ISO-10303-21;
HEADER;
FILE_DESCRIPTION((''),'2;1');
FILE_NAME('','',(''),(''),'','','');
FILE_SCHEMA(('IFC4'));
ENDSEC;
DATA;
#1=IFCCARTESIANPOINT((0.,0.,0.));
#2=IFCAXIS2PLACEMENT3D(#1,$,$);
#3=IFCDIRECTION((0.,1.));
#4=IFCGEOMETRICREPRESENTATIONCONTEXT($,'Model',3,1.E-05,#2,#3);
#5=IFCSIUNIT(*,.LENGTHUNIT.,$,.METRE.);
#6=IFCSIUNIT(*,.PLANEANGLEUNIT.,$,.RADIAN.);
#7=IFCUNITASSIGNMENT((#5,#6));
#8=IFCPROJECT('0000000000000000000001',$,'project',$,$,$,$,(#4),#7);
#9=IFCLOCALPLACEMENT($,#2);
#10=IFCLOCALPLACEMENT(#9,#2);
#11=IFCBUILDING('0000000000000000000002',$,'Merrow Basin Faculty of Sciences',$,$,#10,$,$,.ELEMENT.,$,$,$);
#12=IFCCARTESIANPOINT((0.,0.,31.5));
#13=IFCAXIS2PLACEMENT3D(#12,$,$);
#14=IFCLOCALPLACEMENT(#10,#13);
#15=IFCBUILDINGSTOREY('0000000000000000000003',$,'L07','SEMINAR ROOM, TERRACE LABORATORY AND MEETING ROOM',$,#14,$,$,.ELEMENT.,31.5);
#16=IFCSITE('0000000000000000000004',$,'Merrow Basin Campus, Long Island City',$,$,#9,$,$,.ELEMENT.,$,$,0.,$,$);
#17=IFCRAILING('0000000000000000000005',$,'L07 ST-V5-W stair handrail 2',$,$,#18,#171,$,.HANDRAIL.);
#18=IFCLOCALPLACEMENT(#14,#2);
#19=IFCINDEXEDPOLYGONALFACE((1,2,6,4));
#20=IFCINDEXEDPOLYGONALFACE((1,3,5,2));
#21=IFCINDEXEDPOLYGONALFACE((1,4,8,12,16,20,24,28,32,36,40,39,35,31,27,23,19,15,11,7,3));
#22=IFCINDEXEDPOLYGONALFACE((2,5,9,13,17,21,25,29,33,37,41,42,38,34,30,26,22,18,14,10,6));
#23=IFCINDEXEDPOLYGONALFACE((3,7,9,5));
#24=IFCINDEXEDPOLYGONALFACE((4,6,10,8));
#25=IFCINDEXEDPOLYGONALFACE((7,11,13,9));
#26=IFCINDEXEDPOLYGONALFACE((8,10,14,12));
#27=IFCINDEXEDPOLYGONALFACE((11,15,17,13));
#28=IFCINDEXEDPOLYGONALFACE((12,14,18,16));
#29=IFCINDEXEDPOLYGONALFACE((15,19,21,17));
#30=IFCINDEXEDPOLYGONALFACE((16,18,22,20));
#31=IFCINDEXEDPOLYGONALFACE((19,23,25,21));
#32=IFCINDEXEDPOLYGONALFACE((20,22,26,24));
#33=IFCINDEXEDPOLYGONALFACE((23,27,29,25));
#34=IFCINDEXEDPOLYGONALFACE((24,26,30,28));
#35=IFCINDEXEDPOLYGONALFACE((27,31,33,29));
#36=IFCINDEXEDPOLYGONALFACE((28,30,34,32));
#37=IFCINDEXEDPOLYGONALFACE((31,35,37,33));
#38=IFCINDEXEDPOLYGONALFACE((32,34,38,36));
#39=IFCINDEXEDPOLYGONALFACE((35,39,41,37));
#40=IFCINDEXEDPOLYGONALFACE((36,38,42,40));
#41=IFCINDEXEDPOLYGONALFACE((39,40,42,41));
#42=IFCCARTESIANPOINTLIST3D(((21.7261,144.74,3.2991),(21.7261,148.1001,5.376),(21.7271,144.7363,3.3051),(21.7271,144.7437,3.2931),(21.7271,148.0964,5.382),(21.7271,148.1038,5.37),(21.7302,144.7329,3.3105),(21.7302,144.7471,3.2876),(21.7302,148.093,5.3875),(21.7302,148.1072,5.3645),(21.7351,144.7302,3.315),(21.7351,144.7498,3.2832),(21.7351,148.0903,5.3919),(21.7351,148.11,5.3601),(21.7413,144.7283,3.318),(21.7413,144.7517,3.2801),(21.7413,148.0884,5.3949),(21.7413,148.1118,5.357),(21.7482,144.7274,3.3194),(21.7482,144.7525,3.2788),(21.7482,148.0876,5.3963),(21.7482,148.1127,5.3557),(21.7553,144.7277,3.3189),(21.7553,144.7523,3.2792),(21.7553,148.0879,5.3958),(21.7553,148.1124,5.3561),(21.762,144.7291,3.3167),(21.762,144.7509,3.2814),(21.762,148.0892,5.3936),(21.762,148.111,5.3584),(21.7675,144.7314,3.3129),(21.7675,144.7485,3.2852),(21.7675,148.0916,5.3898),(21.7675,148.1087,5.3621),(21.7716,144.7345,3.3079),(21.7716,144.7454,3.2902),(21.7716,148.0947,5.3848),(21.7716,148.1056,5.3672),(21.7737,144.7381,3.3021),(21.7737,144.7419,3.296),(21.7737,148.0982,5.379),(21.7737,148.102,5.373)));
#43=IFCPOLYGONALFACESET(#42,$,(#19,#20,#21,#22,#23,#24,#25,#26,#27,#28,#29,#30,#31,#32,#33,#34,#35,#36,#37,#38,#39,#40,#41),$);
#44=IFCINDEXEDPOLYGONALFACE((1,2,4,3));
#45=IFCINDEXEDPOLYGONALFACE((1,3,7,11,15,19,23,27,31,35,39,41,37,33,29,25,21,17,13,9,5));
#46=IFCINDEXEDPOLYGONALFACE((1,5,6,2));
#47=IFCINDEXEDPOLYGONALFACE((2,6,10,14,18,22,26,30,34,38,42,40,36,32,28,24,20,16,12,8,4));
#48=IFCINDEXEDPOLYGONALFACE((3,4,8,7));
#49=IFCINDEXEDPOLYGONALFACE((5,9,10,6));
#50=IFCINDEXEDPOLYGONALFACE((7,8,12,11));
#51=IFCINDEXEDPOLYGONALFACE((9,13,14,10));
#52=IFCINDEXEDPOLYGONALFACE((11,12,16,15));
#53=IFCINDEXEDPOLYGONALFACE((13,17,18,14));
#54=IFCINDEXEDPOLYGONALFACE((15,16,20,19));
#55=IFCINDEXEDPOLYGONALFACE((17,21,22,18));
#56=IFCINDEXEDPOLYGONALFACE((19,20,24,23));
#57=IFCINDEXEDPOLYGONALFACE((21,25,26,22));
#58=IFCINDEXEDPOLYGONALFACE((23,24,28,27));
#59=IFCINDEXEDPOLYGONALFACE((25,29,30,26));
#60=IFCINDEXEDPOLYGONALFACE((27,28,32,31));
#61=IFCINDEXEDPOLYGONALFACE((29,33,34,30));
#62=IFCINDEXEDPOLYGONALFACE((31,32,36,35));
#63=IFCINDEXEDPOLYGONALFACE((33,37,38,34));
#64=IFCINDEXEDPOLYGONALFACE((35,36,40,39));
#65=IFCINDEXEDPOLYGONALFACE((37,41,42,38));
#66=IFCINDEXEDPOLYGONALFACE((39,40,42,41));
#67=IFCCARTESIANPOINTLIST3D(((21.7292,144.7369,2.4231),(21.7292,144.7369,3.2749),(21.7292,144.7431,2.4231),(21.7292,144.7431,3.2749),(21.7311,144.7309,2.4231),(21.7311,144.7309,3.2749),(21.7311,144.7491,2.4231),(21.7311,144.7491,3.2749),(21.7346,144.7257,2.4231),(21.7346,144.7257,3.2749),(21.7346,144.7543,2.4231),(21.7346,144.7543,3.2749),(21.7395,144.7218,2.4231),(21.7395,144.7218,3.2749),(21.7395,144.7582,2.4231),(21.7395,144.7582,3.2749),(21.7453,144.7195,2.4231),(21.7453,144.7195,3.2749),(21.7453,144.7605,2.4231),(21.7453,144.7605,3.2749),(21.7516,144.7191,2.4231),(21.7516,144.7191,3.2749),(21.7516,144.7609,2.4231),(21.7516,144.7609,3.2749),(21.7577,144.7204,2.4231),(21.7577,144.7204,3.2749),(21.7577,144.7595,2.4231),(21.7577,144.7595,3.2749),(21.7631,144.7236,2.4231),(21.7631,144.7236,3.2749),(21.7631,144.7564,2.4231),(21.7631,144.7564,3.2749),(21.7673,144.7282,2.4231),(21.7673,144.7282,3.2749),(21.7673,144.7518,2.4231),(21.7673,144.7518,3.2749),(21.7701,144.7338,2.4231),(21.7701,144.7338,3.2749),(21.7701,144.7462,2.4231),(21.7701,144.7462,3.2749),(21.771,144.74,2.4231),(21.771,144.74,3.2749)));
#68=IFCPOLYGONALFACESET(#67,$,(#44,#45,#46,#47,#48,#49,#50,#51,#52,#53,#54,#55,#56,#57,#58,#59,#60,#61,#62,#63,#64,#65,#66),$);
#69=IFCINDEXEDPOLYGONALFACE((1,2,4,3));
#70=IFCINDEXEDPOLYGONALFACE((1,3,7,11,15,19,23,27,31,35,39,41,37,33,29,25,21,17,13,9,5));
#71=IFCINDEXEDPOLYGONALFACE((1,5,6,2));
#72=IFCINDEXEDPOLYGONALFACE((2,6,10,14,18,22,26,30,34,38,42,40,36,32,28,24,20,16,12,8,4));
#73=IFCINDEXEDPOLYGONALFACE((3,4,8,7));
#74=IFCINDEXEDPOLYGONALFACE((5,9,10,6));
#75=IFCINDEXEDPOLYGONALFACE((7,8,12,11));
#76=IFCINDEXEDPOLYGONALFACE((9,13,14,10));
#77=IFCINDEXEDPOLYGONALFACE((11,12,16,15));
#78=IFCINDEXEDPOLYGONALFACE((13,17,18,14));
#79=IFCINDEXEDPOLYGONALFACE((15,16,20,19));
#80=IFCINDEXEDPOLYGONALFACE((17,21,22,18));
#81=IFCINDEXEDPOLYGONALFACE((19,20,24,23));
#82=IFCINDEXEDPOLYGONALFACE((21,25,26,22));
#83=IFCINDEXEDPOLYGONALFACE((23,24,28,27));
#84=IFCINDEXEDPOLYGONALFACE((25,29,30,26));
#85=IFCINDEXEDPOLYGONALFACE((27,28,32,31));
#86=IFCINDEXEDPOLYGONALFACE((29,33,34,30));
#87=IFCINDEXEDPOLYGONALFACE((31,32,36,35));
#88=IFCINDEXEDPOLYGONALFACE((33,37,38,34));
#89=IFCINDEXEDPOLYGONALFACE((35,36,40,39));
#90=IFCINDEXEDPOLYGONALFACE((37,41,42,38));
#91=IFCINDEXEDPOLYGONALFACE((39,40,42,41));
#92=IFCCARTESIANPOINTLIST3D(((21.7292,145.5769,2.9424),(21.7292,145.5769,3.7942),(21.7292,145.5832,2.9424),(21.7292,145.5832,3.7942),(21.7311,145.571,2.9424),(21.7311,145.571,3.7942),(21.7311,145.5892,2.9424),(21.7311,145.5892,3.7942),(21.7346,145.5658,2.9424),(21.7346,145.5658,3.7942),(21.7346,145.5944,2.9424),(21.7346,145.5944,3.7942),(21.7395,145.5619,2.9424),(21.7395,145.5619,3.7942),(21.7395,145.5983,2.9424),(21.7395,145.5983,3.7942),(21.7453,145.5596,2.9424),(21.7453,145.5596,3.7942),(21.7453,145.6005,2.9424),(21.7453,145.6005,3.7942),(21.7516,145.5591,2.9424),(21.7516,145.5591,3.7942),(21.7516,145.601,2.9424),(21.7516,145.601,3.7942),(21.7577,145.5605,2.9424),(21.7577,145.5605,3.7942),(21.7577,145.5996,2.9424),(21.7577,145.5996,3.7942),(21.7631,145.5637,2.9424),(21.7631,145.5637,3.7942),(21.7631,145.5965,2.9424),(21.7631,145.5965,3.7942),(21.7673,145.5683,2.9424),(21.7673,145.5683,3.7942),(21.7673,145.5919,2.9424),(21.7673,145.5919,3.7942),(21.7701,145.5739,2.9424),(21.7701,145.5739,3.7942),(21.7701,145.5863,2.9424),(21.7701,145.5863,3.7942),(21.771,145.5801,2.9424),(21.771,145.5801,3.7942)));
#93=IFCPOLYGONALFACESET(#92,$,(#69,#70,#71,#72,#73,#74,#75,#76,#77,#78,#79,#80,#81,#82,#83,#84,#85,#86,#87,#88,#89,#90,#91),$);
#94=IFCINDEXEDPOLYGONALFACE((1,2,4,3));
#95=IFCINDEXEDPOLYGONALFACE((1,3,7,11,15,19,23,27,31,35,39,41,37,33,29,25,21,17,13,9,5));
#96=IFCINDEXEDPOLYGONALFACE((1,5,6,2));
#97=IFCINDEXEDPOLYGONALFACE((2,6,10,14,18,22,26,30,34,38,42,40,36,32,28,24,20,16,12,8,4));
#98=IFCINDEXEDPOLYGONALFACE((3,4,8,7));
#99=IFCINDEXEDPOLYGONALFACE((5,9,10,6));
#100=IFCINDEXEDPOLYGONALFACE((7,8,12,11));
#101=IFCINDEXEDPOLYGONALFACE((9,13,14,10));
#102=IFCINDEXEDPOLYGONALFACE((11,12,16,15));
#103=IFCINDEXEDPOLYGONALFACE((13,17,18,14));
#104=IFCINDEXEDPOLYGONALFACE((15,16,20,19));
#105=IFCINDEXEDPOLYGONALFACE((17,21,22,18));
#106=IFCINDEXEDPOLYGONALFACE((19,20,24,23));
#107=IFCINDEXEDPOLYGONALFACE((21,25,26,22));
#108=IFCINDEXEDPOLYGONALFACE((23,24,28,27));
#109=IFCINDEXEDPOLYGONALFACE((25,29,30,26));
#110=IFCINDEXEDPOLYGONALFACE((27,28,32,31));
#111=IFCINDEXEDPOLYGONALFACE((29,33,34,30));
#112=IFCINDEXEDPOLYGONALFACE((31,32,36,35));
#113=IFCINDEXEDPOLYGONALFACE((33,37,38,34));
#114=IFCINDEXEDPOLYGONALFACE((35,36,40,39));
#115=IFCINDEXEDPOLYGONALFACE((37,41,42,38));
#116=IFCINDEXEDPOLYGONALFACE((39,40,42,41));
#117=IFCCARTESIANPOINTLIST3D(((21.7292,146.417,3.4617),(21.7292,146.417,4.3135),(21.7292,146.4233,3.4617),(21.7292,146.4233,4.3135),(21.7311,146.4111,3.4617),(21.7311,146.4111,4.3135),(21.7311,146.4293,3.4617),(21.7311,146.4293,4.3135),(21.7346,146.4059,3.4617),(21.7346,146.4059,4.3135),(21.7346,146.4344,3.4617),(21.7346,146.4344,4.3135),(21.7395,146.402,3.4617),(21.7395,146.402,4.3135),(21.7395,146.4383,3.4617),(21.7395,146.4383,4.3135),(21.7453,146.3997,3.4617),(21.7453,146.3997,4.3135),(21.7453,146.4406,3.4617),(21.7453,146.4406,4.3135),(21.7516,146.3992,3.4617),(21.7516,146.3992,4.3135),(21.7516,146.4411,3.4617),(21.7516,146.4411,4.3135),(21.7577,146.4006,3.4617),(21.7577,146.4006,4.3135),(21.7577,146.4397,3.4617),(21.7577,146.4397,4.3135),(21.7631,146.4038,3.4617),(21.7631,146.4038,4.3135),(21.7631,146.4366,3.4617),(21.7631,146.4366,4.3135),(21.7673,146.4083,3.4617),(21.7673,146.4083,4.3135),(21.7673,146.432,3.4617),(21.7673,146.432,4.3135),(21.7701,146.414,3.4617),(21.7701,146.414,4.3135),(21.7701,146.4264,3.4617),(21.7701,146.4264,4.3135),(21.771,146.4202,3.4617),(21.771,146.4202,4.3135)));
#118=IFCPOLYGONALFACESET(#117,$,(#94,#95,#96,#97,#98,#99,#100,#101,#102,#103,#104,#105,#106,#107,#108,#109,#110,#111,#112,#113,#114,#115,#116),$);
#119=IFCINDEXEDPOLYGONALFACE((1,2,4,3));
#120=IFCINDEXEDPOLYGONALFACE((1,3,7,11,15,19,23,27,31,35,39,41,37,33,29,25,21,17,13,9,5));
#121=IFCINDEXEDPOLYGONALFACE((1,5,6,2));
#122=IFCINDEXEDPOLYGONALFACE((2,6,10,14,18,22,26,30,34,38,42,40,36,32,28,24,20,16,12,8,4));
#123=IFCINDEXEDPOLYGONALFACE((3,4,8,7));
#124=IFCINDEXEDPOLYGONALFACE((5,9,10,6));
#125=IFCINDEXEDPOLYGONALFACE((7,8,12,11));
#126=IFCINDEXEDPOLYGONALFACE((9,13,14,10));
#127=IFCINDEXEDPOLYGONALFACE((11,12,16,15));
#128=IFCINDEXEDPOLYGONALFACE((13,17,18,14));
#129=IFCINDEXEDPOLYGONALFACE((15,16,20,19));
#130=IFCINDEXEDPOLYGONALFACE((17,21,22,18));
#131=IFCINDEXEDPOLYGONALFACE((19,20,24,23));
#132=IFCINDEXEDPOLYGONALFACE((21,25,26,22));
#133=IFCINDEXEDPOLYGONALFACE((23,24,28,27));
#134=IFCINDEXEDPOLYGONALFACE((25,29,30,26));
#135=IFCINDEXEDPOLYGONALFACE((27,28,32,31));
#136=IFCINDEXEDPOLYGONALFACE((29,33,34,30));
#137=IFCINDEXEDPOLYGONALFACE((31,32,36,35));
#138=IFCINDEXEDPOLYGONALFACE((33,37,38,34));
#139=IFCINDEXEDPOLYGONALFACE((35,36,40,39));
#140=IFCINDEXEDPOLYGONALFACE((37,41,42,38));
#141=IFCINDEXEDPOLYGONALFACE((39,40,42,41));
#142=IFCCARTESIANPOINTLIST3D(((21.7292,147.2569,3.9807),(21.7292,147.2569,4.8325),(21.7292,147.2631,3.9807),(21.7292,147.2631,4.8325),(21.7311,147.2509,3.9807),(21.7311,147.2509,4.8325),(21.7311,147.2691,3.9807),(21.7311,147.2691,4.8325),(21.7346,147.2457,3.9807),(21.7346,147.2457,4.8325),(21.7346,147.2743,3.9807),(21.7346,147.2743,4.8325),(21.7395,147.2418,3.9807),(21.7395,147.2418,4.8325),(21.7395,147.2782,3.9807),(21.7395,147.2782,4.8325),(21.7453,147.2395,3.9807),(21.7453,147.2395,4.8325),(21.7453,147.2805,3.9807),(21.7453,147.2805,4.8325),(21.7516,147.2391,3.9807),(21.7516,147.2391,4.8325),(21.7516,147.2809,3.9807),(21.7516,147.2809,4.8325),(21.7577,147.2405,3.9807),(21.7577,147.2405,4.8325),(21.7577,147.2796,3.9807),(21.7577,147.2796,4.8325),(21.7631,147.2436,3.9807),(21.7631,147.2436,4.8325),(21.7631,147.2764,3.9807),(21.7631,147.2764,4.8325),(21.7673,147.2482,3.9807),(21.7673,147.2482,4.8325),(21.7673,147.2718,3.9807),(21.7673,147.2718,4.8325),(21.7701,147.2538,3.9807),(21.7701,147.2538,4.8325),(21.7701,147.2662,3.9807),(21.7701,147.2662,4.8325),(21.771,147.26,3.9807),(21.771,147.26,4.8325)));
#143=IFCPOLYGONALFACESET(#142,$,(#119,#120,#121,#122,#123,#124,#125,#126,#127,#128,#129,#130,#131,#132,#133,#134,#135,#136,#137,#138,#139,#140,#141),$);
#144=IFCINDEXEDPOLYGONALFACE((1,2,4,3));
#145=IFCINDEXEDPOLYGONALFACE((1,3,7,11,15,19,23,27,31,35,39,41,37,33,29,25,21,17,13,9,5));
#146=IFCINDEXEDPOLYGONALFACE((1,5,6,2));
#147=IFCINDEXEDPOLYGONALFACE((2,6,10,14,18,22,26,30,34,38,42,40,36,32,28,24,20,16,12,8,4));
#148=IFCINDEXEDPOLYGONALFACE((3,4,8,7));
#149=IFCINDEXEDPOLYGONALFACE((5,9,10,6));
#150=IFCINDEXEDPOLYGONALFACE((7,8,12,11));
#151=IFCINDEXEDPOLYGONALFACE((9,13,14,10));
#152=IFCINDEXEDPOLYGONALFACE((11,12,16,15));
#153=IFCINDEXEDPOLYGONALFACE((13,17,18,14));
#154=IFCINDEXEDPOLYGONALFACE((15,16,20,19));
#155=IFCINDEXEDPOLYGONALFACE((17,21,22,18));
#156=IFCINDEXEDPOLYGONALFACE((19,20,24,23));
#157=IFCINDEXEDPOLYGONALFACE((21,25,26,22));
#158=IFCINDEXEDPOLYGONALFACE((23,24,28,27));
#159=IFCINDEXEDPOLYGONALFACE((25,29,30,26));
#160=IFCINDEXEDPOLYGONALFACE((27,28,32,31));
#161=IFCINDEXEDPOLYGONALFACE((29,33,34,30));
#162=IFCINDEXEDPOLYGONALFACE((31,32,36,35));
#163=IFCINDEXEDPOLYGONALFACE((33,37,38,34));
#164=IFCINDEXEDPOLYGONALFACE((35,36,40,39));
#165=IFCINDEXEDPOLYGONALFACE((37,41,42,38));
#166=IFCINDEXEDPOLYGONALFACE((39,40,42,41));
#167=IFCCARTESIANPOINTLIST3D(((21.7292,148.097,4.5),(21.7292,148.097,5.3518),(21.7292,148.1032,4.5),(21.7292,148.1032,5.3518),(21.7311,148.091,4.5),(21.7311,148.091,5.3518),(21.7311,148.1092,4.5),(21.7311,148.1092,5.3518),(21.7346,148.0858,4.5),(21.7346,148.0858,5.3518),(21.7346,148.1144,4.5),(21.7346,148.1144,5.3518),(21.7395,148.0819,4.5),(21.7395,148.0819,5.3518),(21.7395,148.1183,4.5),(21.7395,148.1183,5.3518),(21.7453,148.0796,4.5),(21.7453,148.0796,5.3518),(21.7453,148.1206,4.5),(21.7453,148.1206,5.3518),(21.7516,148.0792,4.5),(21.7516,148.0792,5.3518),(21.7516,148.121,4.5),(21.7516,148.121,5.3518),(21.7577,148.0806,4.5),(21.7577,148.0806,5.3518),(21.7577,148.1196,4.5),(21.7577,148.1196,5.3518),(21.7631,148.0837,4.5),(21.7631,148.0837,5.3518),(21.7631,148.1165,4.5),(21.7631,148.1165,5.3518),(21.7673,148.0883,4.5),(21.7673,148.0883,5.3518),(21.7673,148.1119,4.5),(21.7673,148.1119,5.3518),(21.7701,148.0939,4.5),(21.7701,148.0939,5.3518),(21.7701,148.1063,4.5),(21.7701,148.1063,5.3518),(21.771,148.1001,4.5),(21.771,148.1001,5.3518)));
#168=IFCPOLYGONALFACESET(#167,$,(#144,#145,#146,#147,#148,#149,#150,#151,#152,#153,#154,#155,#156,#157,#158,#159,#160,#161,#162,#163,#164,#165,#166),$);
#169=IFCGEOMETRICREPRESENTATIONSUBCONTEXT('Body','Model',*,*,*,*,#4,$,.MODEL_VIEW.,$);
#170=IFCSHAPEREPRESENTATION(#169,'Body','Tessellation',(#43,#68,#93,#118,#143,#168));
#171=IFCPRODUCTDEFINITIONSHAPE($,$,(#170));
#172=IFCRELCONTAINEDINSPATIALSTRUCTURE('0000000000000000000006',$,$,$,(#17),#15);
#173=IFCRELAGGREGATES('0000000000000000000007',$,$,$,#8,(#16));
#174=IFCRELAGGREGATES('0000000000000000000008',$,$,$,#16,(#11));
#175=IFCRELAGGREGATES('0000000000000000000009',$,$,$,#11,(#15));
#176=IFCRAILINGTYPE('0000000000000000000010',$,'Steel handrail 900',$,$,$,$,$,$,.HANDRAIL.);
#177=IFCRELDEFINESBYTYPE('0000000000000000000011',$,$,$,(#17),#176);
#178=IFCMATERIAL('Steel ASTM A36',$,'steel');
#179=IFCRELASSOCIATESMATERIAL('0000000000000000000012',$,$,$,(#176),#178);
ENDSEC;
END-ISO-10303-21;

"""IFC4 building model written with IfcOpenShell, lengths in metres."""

from ifc_helpers import new_model, si_unit, direction, frame, origin, origin_2d, place, context, subcontext, project, spatial, circle, extrude, material, type_object, element, save


model = new_model("IFC4")

# Units and contexts
model_context = context("Model", 3, precision=1e-05, world=origin(), true_north=direction((0.0, 1.0)))
body_context = subcontext(model_context, "Body", "Model", "MODEL_VIEW")
ifc_project = project(units=[si_unit("LENGTHUNIT", "METRE"), si_unit("PLANEANGLEUNIT", "RADIAN")], contexts=[model_context])

# Site, building, storey
site_placement = place(None, origin())
site = spatial("IfcSite", under=ifc_project, at=site_placement, Name="Merrow Basin Campus, Long Island City", CompositionType="ELEMENT", RefElevation=0.0)
building_placement = place(site_placement, origin())
building = spatial("IfcBuilding", under=site, at=building_placement, Name="Merrow Basin Faculty of Sciences", CompositionType="ELEMENT")
storey_placement = place(building_placement, frame((0.0, 0.0, 31.5)))
storey = spatial("IfcBuildingStorey", under=building, at=storey_placement, Name="L07", Description="SEMINAR ROOM, TERRACE LABORATORY AND MEETING ROOM", CompositionType="ELEMENT", Elevation=31.5)

# Railing
ifc_material_1 = material(Name="Steel ASTM A36", Category="steel")
railing_type_1 = type_object("IfcRailingType", Name="Steel handrail 900", PredefinedType="HANDRAIL", material=ifc_material_1)
railing_1_placement = place(storey_placement, frame((21.75, 144.74, 2.4231)))
element("IfcRailing", 1, at=railing_1_placement, inside=storey, type_object=railing_type_1, Name="L07 ST-V5-W stair handrail 2", PredefinedType="HANDRAIL", context=body_context, shape_type="SweptSolid", body=[
    extrude(circle(Radius=0.0239, at=origin_2d()), frame((0.0, 0.0, 0.876), z_axis=(0.0, 0.850623, 0.525776), x_axis=(-1.0, 0.0, 0.0)), (0.0, 0.0, 1.0), 3.9502),
    extrude(circle(Radius=0.021, at=origin_2d()), origin(), (0.0, 0.0, 1.0), 0.8518),
    extrude(circle(Radius=0.021, at=origin_2d()), frame((0.0, 0.8401, 0.5193)), (0.0, 0.0, 1.0), 0.8518),
    extrude(circle(Radius=0.021, at=origin_2d()), frame((0.0, 1.6802, 1.0386)), (0.0, 0.0, 1.0), 0.8518),
    extrude(circle(Radius=0.021, at=origin_2d()), frame((0.0, 2.52, 1.5576)), (0.0, 0.0, 1.0), 0.8518),
    extrude(circle(Radius=0.021, at=origin_2d()), frame((0.0, 3.3601, 2.0769)), (0.0, 0.0, 1.0), 0.8518),
])

save(model, "model.ifc")
